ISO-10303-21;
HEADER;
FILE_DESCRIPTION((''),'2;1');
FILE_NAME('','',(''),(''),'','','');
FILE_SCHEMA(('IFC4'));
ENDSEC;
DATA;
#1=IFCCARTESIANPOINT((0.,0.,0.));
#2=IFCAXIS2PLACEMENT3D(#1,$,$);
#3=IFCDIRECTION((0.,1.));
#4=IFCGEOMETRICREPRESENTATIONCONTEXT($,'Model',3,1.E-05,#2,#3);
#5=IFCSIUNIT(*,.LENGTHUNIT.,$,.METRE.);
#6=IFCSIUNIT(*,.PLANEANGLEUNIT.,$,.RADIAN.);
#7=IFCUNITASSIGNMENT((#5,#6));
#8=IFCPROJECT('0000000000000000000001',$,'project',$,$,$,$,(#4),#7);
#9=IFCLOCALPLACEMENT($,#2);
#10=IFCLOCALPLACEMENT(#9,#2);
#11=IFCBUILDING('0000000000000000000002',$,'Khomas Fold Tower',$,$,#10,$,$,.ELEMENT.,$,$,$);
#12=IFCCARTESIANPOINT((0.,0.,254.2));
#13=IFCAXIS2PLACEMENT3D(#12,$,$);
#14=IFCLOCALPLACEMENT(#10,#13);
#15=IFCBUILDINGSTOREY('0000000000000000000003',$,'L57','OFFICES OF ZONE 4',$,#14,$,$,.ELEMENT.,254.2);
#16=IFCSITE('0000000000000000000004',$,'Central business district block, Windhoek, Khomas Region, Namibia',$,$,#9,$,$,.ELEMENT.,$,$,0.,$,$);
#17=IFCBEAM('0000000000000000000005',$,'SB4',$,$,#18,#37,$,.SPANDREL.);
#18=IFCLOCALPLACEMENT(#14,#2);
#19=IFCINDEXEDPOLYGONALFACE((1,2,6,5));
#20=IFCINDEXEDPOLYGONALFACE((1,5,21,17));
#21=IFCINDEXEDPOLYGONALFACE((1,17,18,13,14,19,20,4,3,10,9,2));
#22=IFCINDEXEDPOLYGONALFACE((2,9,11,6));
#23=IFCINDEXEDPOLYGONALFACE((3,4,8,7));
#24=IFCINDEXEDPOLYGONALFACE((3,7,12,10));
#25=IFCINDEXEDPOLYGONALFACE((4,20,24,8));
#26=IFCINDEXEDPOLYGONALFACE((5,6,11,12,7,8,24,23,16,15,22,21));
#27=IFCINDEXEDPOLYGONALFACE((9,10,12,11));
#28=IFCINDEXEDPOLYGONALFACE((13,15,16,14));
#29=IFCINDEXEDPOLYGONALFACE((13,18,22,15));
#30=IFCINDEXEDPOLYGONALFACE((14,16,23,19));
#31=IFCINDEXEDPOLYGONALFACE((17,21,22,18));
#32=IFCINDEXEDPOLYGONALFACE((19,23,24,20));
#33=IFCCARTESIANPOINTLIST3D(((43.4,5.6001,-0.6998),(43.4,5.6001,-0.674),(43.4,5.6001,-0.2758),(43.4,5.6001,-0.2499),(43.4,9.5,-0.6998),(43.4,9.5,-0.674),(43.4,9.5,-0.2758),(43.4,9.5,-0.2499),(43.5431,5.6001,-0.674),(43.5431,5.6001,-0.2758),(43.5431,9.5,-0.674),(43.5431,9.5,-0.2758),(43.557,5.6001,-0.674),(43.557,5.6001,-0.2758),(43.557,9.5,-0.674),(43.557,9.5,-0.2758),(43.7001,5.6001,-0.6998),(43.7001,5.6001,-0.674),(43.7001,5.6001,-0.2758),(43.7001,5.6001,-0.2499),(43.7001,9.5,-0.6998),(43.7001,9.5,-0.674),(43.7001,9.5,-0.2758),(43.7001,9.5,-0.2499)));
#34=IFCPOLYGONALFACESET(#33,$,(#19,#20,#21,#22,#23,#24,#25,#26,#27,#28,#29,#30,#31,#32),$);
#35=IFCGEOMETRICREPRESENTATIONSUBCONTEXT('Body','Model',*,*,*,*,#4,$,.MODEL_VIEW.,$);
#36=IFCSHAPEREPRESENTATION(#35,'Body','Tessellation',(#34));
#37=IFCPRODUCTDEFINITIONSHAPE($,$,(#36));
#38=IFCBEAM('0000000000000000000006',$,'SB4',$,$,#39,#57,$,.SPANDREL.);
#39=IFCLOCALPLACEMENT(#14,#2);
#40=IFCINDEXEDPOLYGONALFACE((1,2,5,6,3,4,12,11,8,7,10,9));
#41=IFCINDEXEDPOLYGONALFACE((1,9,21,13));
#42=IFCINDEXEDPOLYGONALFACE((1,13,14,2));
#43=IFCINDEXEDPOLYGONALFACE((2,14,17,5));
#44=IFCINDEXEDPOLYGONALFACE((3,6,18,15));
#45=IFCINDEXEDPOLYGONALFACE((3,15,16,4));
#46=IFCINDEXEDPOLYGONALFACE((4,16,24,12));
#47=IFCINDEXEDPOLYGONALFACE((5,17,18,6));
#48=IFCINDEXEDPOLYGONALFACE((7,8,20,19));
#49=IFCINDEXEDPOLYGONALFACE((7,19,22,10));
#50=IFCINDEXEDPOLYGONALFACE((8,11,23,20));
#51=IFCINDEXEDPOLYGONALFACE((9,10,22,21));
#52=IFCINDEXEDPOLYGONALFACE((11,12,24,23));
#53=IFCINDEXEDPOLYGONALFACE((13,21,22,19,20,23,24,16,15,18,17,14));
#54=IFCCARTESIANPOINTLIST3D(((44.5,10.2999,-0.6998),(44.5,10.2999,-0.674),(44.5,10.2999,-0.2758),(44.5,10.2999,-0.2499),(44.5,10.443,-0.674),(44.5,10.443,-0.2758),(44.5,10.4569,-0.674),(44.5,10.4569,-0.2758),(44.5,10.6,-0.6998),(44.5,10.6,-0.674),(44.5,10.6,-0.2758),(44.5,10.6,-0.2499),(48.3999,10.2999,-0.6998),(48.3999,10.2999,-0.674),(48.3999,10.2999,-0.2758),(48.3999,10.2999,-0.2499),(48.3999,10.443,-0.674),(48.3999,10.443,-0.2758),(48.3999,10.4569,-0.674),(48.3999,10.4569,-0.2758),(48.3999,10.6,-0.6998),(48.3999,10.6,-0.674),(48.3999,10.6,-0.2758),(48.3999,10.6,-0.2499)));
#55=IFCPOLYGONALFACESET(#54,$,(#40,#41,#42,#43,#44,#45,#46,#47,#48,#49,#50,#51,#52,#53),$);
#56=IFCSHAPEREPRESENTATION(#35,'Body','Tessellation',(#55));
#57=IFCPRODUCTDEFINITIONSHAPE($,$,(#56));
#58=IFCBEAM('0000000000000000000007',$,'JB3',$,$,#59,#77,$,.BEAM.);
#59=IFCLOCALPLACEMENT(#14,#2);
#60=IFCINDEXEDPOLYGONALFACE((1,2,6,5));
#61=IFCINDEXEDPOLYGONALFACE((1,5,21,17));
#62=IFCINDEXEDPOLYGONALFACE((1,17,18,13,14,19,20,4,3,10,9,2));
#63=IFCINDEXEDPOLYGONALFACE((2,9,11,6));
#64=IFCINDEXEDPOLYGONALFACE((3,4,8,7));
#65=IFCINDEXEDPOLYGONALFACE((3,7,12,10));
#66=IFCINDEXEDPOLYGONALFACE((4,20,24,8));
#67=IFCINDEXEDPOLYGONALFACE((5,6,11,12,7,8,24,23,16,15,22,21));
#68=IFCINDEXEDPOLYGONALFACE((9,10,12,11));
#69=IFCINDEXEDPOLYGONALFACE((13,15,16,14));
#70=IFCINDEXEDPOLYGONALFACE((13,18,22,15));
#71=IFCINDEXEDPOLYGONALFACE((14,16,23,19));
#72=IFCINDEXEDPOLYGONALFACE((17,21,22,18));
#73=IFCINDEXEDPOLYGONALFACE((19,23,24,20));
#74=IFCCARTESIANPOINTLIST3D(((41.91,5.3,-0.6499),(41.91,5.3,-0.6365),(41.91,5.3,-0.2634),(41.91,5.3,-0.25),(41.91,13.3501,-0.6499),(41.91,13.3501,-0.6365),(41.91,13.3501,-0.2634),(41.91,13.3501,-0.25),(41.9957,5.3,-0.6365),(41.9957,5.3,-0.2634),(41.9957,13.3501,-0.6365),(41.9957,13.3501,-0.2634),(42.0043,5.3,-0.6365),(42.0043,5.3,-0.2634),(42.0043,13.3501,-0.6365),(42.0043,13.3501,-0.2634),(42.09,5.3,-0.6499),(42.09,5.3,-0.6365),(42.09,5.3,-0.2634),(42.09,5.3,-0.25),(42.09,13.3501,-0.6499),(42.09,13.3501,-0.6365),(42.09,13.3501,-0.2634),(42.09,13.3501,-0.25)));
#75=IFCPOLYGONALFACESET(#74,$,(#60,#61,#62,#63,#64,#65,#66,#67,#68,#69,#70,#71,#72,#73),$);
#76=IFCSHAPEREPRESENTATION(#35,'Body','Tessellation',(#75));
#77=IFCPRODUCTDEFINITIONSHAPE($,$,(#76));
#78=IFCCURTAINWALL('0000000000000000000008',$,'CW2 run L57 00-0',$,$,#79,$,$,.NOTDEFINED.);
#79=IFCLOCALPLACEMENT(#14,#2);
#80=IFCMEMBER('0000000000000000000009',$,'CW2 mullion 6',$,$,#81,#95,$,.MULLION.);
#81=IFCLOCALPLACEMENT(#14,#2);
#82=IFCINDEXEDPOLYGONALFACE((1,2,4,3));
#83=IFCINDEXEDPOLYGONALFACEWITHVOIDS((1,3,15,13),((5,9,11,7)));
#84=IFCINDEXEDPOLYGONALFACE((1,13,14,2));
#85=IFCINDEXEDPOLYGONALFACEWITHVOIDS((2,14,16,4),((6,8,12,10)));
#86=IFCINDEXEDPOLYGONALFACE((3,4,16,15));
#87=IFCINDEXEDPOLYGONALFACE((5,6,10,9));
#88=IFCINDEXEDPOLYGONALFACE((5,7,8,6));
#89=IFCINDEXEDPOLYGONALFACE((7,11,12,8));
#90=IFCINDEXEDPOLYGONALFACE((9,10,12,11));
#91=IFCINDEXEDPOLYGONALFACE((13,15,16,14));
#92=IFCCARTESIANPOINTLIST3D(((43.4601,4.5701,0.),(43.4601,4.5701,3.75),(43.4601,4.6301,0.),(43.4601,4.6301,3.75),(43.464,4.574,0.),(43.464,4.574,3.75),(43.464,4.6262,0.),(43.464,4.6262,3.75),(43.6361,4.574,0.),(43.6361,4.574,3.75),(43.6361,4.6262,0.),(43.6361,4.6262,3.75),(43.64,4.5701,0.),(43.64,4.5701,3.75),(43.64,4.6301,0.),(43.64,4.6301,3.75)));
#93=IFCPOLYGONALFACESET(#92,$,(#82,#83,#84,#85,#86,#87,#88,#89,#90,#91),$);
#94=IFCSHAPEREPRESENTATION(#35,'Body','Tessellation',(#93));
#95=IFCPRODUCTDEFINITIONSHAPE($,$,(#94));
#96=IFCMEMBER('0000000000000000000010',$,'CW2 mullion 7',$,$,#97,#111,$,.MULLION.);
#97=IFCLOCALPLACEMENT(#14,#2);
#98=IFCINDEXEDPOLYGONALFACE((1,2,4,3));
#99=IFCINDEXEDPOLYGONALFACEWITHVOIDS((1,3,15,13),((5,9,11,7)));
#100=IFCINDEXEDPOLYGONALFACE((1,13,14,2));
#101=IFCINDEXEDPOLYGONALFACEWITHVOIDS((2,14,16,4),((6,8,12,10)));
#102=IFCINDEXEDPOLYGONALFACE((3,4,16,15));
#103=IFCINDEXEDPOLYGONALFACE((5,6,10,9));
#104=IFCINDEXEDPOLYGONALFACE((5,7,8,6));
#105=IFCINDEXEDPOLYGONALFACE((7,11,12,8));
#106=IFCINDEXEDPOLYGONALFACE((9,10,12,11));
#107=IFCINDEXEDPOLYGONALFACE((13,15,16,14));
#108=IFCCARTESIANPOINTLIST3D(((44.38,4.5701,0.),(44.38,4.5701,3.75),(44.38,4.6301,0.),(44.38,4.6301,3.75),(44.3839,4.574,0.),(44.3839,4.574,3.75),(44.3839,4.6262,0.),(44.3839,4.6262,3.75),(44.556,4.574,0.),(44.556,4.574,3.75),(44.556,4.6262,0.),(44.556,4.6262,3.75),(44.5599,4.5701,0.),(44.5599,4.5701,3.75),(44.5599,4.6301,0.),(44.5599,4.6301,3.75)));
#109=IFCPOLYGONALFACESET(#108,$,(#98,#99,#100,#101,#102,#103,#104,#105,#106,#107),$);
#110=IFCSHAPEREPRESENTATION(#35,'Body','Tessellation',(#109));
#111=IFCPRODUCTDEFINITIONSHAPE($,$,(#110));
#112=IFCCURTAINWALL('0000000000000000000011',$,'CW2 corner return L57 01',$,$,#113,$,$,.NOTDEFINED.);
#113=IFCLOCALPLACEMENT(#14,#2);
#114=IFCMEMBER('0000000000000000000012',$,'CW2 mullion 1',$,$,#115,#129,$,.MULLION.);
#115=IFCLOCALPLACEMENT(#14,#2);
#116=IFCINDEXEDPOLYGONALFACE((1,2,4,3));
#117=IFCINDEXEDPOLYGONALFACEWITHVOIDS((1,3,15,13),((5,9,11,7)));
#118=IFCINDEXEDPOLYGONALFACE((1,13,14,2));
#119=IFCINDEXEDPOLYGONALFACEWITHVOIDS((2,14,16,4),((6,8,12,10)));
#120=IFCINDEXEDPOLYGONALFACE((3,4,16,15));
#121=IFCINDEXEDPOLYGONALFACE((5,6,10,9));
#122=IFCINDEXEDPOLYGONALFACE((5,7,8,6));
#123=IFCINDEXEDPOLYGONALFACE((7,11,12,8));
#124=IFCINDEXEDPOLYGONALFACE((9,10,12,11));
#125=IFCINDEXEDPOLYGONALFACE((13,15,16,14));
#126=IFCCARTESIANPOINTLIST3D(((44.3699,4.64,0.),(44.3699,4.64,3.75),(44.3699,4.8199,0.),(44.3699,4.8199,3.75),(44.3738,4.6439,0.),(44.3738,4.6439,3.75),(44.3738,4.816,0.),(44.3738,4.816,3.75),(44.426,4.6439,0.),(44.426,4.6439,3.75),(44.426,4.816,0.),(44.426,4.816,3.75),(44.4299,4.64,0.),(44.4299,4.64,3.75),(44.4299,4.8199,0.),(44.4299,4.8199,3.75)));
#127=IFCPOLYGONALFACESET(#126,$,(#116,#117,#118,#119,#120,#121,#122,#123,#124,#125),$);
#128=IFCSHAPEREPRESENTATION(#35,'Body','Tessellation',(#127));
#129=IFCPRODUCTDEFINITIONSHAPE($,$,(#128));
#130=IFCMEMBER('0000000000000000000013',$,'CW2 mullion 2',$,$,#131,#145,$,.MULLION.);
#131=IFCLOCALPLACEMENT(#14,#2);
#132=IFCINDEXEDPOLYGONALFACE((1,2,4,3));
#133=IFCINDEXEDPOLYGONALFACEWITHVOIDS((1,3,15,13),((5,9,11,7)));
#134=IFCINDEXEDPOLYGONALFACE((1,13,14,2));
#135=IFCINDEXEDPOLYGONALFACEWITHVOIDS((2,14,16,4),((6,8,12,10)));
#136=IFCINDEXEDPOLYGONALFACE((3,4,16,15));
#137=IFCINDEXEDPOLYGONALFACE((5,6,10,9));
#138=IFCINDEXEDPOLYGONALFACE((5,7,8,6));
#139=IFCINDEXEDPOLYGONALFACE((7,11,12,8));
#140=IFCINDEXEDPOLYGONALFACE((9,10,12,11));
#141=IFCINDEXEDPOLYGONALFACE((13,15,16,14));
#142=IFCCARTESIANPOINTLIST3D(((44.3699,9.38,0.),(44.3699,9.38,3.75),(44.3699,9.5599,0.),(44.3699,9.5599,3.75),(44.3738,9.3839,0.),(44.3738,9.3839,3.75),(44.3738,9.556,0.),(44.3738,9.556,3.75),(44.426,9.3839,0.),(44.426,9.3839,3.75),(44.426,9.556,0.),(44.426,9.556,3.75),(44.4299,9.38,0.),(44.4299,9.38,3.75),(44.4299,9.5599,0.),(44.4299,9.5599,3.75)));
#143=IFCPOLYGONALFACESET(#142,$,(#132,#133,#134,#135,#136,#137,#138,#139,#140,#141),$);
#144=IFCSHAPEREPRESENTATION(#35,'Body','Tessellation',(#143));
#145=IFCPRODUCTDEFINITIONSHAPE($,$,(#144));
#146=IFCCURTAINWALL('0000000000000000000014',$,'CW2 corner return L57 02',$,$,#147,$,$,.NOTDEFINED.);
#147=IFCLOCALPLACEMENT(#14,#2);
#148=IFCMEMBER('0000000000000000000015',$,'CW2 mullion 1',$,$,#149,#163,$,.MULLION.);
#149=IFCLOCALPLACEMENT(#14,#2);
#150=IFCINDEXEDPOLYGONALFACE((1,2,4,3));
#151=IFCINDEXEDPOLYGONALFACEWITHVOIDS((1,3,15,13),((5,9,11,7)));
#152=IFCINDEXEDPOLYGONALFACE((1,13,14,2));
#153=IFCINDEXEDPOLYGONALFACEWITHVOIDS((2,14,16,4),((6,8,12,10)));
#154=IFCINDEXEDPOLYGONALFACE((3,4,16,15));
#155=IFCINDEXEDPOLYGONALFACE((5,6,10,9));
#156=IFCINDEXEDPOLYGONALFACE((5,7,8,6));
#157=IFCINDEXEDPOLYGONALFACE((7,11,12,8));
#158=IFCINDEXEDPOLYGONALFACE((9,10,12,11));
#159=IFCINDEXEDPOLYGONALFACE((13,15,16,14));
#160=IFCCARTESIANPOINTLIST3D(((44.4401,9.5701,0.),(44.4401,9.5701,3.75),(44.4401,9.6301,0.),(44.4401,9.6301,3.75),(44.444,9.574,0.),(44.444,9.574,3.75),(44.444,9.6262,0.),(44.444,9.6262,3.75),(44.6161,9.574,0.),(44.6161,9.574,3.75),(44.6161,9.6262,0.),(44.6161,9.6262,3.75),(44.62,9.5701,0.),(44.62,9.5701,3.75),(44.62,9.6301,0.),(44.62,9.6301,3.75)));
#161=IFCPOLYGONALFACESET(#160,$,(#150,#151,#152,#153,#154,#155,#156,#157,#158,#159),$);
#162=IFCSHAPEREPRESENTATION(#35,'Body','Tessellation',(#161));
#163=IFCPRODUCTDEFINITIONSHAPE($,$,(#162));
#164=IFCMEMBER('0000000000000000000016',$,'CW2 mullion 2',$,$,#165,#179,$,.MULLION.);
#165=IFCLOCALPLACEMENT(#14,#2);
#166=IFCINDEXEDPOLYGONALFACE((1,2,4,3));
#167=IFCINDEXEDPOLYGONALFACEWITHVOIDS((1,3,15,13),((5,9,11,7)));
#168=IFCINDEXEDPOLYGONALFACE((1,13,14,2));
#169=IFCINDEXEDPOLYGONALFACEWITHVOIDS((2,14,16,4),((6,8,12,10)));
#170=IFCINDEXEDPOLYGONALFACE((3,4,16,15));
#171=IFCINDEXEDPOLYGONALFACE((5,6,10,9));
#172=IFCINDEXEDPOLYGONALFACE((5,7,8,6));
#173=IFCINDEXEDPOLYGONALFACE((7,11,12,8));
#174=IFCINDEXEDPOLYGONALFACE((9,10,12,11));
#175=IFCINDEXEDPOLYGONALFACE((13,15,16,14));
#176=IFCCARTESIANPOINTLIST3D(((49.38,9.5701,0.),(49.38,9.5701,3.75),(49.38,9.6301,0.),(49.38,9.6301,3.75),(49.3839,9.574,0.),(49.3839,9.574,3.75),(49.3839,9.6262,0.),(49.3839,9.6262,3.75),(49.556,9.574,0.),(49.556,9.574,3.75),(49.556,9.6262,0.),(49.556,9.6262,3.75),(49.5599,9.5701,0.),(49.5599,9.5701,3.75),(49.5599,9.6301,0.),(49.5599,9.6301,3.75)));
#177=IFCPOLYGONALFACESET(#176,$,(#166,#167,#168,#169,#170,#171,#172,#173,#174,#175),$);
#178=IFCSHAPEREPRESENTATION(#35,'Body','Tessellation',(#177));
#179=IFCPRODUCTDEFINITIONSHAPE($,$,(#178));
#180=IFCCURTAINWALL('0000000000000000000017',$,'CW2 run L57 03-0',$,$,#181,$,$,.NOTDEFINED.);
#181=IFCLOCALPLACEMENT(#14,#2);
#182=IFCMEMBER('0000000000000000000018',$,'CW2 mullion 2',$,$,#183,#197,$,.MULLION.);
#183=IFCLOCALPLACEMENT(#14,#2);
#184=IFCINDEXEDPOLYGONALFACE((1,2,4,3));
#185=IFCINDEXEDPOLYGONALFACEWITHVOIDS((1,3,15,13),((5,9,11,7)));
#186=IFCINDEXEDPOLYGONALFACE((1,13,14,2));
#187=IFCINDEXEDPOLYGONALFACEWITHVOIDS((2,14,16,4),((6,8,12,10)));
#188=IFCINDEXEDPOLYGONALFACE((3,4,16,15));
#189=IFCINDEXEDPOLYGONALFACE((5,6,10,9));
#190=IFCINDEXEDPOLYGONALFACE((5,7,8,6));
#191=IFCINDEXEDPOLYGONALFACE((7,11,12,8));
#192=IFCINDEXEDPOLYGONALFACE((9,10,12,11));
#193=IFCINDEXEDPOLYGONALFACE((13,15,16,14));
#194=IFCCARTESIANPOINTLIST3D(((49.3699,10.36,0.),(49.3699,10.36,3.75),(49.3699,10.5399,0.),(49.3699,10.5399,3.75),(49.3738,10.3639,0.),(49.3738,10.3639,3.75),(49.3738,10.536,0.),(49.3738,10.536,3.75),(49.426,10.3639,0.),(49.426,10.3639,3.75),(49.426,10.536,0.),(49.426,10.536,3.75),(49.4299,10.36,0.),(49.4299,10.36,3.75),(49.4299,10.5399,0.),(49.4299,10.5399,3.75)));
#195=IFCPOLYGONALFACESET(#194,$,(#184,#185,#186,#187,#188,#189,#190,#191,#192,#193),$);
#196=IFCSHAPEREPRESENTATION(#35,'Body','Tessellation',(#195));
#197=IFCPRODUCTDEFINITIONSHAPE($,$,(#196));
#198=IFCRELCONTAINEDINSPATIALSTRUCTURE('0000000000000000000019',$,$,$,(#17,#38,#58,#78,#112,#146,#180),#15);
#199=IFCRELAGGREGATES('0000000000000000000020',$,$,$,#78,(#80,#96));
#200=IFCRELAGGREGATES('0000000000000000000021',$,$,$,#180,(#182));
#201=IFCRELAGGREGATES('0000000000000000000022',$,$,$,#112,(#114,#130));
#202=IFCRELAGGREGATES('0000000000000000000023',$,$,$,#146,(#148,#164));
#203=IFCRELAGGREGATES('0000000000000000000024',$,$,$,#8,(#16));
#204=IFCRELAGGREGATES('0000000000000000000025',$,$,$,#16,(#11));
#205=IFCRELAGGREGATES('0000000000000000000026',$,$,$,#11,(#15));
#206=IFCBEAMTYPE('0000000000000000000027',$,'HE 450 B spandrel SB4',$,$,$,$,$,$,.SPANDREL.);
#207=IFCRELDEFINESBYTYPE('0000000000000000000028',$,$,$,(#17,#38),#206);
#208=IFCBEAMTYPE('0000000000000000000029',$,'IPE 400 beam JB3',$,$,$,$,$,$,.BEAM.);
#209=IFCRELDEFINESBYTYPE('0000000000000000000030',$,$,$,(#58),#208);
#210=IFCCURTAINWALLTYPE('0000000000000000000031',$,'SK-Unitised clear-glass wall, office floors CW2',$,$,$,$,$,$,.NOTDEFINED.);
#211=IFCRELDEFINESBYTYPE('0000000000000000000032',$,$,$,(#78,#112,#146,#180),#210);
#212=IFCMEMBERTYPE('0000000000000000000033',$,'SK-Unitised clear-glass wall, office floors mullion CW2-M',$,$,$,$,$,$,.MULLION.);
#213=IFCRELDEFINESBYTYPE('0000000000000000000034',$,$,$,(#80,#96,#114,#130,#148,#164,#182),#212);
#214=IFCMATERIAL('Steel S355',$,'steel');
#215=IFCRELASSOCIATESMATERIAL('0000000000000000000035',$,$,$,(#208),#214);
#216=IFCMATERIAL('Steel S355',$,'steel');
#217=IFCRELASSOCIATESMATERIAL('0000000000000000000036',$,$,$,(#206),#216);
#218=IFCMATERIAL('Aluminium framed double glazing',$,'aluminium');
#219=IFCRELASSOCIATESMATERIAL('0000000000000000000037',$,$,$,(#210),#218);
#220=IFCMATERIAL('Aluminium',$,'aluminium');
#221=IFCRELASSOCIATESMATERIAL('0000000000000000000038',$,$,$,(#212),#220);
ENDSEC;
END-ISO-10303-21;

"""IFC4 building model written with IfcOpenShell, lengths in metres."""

from ifc_helpers import new_model, si_unit, direction, frame, origin, origin_2d, place, context, subcontext, project, spatial, hollow_rectangle, i_section, extrude, source, transform, mapped, material, material_profile, profile_set, type_object, element, aggregate, save


model = new_model("IFC4")

# Units and contexts
model_context = context("Model", 3, precision=1e-05, world=origin(), true_north=direction((0.0, 1.0)))
body_context = subcontext(model_context, "Body", "Model", "MODEL_VIEW")
ifc_project = project(units=[si_unit("LENGTHUNIT", "METRE"), si_unit("PLANEANGLEUNIT", "RADIAN")], contexts=[model_context])

# Site, building, storey
site_placement = place(None, origin())
site = spatial("IfcSite", under=ifc_project, at=site_placement, Name="Central business district block, Windhoek, Khomas Region, Namibia", CompositionType="ELEMENT", RefElevation=0.0)
building_placement = place(site_placement, origin())
building = spatial("IfcBuilding", under=site, at=building_placement, Name="Khomas Fold Tower", CompositionType="ELEMENT")
storey_placement = place(building_placement, frame((0.0, 0.0, 254.2)))
storey = spatial("IfcBuildingStorey", under=building, at=storey_placement, Name="L57", Description="OFFICES OF ZONE 4", CompositionType="ELEMENT", Elevation=254.2)

# Beams
ifc_material_1 = material(Name="Steel S355", Category="steel")
ifc_material_profile_1 = material_profile(ifc_material_1, i_section(OverallWidth=0.1799, OverallDepth=0.3999, WebThickness=0.0085, FlangeThickness=0.0134, at=origin_2d()), Name="IPE 400")
ifc_profile_set_1 = profile_set([ifc_material_profile_1], Name="Steel S355")
beam_type_1 = type_object("IfcBeamType", Name="IPE 400 beam JB3", PredefinedType="BEAM", material=ifc_profile_set_1)
ifc_material_2 = material(Name="Steel S355", Category="steel")
ifc_material_profile_2 = material_profile(ifc_material_2, i_section(OverallWidth=0.3, OverallDepth=0.45, WebThickness=0.0139, FlangeThickness=0.0259, at=origin_2d()), Name="HE 450 B")
ifc_profile_set_2 = profile_set([ifc_material_profile_2], Name="Steel S355")
beam_type_2 = type_object("IfcBeamType", Name="HE 450 B spandrel SB4", PredefinedType="SPANDREL", material=ifc_profile_set_2)
shared_shape_1 = source(origin(), body_context, "Body", "SweptSolid", [
    extrude(i_section(OverallWidth=0.3, OverallDepth=0.45, WebThickness=0.0139, FlangeThickness=0.0259, at=origin_2d()), origin(), (0.0, 0.0, 1.0), 3.8999),
])
for number, where, z_axis, x_axis, name in (
    (1, (43.55, 5.6001, -0.4749), (0.0, 1.0, 0.0), (-1.0, 0.0, 0.0), "SB4"),
    (2, (44.5, 10.45, -0.4749), (1.0, 0.0, 0.0), (0.0, 1.0, 0.0), "SB4"),
):
    element("IfcBeam", number, at=place(storey_placement, frame(where, z_axis=z_axis, x_axis=x_axis)), inside=storey, type_object=beam_type_2, Name=name, PredefinedType="SPANDREL", context=body_context, shape_type="MappedRepresentation", body=[
        mapped(shared_shape_1, transform((0.0, 0.0, 0.0))),
    ])
shared_shape_2 = source(origin(), body_context, "Body", "SweptSolid", [
    extrude(i_section(OverallWidth=0.1799, OverallDepth=0.3999, WebThickness=0.0085, FlangeThickness=0.0134, at=origin_2d()), origin(), (0.0, 0.0, 1.0), 8.05),
])
beam_1_placement = place(storey_placement, frame((42.0, 5.3, -0.45), z_axis=(0.0, 1.0, 0.0), x_axis=(-1.0, 0.0, 0.0)))
element("IfcBeam", 3, at=beam_1_placement, inside=storey, type_object=beam_type_1, Name="JB3", PredefinedType="BEAM", context=body_context, shape_type="MappedRepresentation", body=[
    mapped(shared_shape_2, transform((0.0, 0.0, 0.0))),
])

# Curtain walls, members
ifc_material_3 = material(Name="Aluminium framed double glazing", Category="aluminium")
curtain_wall_type = type_object("IfcCurtainWallType", Name="SK-Unitised clear-glass wall, office floors CW2", PredefinedType="NOTDEFINED", material=ifc_material_3)
curtain_wall_1_placement = place(storey_placement, origin())
curtain_wall_1 = element("IfcCurtainWall", 4, at=curtain_wall_1_placement, inside=storey, type_object=curtain_wall_type, Name="CW2 run L57 00-0", PredefinedType="NOTDEFINED")
ifc_material_4 = material(Name="Aluminium", Category="aluminium")
ifc_material_profile_3 = material_profile(ifc_material_4, hollow_rectangle(XDim=0.0601, YDim=0.1799, WallThickness=0.0039, at=origin_2d()), Name="SK-Unitised clear-glass wall, office floors mullion CW2-M")
ifc_profile_set_3 = profile_set([ifc_material_profile_3], Name="Aluminium")
member_type_1 = type_object("IfcMemberType", Name="SK-Unitised clear-glass wall, office floors mullion CW2-M", PredefinedType="MULLION", material=ifc_profile_set_3)
shared_shape_3 = source(origin(), body_context, "Body", "SweptSolid", [
    extrude(hollow_rectangle(XDim=0.0601, YDim=0.1799, WallThickness=0.0039, at=origin_2d()), origin(), (0.0, 0.0, 1.0), 3.75),
])
member_1_placement = place(storey_placement, frame((43.55, 4.6001, 0.0), z_axis=(0.0, 0.0, 1.0), x_axis=(0.0, 1.0, 0.0)))
member_1 = element("IfcMember", 5, at=member_1_placement, type_object=member_type_1, Name="CW2 mullion 6", PredefinedType="MULLION", context=body_context, shape_type="MappedRepresentation", body=[
    mapped(shared_shape_3, transform((0.0, 0.0, 0.0))),
])
member_2_placement = place(storey_placement, frame((44.47, 4.6001, 0.0), z_axis=(0.0, 0.0, 1.0), x_axis=(0.0, 1.0, 0.0)))
member_2 = element("IfcMember", 6, at=member_2_placement, type_object=member_type_1, Name="CW2 mullion 7", PredefinedType="MULLION", context=body_context, shape_type="MappedRepresentation", body=[
    mapped(shared_shape_3, transform((0.0, 0.0, 0.0))),
])
curtain_wall_2_placement = place(storey_placement, origin())
curtain_wall_2 = element("IfcCurtainWall", 7, at=curtain_wall_2_placement, inside=storey, type_object=curtain_wall_type, Name="CW2 corner return L57 01", PredefinedType="NOTDEFINED")
member_3_placement = place(storey_placement, frame((44.3999, 4.73, 0.0), z_axis=(0.0, 0.0, 1.0), x_axis=(-1.0, 0.0, 0.0)))
member_3 = element("IfcMember", 8, at=member_3_placement, type_object=member_type_1, Name="CW2 mullion 1", PredefinedType="MULLION", context=body_context, shape_type="MappedRepresentation", body=[
    mapped(shared_shape_3, transform((0.0, 0.0, 0.0))),
])
member_4_placement = place(storey_placement, frame((44.3999, 9.47, 0.0), z_axis=(0.0, 0.0, 1.0), x_axis=(-1.0, 0.0, 0.0)))
member_4 = element("IfcMember", 9, at=member_4_placement, type_object=member_type_1, Name="CW2 mullion 2", PredefinedType="MULLION", context=body_context, shape_type="MappedRepresentation", body=[
    mapped(shared_shape_3, transform((0.0, 0.0, 0.0))),
])
curtain_wall_3_placement = place(storey_placement, origin())
curtain_wall_3 = element("IfcCurtainWall", 10, at=curtain_wall_3_placement, inside=storey, type_object=curtain_wall_type, Name="CW2 corner return L57 02", PredefinedType="NOTDEFINED")
member_5_placement = place(storey_placement, frame((44.53, 9.6001, 0.0), z_axis=(0.0, 0.0, 1.0), x_axis=(0.0, 1.0, 0.0)))
member_5 = element("IfcMember", 11, at=member_5_placement, type_object=member_type_1, Name="CW2 mullion 1", PredefinedType="MULLION", context=body_context, shape_type="MappedRepresentation", body=[
    mapped(shared_shape_3, transform((0.0, 0.0, 0.0))),
])
member_6_placement = place(storey_placement, frame((49.47, 9.6001, 0.0), z_axis=(0.0, 0.0, 1.0), x_axis=(0.0, 1.0, 0.0)))
member_6 = element("IfcMember", 12, at=member_6_placement, type_object=member_type_1, Name="CW2 mullion 2", PredefinedType="MULLION", context=body_context, shape_type="MappedRepresentation", body=[
    mapped(shared_shape_3, transform((0.0, 0.0, 0.0))),
])
curtain_wall_4_placement = place(storey_placement, origin())
curtain_wall_4 = element("IfcCurtainWall", 13, at=curtain_wall_4_placement, inside=storey, type_object=curtain_wall_type, Name="CW2 run L57 03-0", PredefinedType="NOTDEFINED")
member_7_placement = place(storey_placement, frame((49.3999, 10.45, 0.0), z_axis=(0.0, 0.0, 1.0), x_axis=(-1.0, 0.0, 0.0)))
member_7 = element("IfcMember", 14, at=member_7_placement, type_object=member_type_1, Name="CW2 mullion 2", PredefinedType="MULLION", context=body_context, shape_type="MappedRepresentation", body=[
    mapped(shared_shape_3, transform((0.0, 0.0, 0.0))),
])

aggregate(curtain_wall_1, [member_1, member_2])
aggregate(curtain_wall_4, [member_7])
aggregate(curtain_wall_2, [member_3, member_4])
aggregate(curtain_wall_3, [member_5, member_6])

save(model, "model.ifc")
